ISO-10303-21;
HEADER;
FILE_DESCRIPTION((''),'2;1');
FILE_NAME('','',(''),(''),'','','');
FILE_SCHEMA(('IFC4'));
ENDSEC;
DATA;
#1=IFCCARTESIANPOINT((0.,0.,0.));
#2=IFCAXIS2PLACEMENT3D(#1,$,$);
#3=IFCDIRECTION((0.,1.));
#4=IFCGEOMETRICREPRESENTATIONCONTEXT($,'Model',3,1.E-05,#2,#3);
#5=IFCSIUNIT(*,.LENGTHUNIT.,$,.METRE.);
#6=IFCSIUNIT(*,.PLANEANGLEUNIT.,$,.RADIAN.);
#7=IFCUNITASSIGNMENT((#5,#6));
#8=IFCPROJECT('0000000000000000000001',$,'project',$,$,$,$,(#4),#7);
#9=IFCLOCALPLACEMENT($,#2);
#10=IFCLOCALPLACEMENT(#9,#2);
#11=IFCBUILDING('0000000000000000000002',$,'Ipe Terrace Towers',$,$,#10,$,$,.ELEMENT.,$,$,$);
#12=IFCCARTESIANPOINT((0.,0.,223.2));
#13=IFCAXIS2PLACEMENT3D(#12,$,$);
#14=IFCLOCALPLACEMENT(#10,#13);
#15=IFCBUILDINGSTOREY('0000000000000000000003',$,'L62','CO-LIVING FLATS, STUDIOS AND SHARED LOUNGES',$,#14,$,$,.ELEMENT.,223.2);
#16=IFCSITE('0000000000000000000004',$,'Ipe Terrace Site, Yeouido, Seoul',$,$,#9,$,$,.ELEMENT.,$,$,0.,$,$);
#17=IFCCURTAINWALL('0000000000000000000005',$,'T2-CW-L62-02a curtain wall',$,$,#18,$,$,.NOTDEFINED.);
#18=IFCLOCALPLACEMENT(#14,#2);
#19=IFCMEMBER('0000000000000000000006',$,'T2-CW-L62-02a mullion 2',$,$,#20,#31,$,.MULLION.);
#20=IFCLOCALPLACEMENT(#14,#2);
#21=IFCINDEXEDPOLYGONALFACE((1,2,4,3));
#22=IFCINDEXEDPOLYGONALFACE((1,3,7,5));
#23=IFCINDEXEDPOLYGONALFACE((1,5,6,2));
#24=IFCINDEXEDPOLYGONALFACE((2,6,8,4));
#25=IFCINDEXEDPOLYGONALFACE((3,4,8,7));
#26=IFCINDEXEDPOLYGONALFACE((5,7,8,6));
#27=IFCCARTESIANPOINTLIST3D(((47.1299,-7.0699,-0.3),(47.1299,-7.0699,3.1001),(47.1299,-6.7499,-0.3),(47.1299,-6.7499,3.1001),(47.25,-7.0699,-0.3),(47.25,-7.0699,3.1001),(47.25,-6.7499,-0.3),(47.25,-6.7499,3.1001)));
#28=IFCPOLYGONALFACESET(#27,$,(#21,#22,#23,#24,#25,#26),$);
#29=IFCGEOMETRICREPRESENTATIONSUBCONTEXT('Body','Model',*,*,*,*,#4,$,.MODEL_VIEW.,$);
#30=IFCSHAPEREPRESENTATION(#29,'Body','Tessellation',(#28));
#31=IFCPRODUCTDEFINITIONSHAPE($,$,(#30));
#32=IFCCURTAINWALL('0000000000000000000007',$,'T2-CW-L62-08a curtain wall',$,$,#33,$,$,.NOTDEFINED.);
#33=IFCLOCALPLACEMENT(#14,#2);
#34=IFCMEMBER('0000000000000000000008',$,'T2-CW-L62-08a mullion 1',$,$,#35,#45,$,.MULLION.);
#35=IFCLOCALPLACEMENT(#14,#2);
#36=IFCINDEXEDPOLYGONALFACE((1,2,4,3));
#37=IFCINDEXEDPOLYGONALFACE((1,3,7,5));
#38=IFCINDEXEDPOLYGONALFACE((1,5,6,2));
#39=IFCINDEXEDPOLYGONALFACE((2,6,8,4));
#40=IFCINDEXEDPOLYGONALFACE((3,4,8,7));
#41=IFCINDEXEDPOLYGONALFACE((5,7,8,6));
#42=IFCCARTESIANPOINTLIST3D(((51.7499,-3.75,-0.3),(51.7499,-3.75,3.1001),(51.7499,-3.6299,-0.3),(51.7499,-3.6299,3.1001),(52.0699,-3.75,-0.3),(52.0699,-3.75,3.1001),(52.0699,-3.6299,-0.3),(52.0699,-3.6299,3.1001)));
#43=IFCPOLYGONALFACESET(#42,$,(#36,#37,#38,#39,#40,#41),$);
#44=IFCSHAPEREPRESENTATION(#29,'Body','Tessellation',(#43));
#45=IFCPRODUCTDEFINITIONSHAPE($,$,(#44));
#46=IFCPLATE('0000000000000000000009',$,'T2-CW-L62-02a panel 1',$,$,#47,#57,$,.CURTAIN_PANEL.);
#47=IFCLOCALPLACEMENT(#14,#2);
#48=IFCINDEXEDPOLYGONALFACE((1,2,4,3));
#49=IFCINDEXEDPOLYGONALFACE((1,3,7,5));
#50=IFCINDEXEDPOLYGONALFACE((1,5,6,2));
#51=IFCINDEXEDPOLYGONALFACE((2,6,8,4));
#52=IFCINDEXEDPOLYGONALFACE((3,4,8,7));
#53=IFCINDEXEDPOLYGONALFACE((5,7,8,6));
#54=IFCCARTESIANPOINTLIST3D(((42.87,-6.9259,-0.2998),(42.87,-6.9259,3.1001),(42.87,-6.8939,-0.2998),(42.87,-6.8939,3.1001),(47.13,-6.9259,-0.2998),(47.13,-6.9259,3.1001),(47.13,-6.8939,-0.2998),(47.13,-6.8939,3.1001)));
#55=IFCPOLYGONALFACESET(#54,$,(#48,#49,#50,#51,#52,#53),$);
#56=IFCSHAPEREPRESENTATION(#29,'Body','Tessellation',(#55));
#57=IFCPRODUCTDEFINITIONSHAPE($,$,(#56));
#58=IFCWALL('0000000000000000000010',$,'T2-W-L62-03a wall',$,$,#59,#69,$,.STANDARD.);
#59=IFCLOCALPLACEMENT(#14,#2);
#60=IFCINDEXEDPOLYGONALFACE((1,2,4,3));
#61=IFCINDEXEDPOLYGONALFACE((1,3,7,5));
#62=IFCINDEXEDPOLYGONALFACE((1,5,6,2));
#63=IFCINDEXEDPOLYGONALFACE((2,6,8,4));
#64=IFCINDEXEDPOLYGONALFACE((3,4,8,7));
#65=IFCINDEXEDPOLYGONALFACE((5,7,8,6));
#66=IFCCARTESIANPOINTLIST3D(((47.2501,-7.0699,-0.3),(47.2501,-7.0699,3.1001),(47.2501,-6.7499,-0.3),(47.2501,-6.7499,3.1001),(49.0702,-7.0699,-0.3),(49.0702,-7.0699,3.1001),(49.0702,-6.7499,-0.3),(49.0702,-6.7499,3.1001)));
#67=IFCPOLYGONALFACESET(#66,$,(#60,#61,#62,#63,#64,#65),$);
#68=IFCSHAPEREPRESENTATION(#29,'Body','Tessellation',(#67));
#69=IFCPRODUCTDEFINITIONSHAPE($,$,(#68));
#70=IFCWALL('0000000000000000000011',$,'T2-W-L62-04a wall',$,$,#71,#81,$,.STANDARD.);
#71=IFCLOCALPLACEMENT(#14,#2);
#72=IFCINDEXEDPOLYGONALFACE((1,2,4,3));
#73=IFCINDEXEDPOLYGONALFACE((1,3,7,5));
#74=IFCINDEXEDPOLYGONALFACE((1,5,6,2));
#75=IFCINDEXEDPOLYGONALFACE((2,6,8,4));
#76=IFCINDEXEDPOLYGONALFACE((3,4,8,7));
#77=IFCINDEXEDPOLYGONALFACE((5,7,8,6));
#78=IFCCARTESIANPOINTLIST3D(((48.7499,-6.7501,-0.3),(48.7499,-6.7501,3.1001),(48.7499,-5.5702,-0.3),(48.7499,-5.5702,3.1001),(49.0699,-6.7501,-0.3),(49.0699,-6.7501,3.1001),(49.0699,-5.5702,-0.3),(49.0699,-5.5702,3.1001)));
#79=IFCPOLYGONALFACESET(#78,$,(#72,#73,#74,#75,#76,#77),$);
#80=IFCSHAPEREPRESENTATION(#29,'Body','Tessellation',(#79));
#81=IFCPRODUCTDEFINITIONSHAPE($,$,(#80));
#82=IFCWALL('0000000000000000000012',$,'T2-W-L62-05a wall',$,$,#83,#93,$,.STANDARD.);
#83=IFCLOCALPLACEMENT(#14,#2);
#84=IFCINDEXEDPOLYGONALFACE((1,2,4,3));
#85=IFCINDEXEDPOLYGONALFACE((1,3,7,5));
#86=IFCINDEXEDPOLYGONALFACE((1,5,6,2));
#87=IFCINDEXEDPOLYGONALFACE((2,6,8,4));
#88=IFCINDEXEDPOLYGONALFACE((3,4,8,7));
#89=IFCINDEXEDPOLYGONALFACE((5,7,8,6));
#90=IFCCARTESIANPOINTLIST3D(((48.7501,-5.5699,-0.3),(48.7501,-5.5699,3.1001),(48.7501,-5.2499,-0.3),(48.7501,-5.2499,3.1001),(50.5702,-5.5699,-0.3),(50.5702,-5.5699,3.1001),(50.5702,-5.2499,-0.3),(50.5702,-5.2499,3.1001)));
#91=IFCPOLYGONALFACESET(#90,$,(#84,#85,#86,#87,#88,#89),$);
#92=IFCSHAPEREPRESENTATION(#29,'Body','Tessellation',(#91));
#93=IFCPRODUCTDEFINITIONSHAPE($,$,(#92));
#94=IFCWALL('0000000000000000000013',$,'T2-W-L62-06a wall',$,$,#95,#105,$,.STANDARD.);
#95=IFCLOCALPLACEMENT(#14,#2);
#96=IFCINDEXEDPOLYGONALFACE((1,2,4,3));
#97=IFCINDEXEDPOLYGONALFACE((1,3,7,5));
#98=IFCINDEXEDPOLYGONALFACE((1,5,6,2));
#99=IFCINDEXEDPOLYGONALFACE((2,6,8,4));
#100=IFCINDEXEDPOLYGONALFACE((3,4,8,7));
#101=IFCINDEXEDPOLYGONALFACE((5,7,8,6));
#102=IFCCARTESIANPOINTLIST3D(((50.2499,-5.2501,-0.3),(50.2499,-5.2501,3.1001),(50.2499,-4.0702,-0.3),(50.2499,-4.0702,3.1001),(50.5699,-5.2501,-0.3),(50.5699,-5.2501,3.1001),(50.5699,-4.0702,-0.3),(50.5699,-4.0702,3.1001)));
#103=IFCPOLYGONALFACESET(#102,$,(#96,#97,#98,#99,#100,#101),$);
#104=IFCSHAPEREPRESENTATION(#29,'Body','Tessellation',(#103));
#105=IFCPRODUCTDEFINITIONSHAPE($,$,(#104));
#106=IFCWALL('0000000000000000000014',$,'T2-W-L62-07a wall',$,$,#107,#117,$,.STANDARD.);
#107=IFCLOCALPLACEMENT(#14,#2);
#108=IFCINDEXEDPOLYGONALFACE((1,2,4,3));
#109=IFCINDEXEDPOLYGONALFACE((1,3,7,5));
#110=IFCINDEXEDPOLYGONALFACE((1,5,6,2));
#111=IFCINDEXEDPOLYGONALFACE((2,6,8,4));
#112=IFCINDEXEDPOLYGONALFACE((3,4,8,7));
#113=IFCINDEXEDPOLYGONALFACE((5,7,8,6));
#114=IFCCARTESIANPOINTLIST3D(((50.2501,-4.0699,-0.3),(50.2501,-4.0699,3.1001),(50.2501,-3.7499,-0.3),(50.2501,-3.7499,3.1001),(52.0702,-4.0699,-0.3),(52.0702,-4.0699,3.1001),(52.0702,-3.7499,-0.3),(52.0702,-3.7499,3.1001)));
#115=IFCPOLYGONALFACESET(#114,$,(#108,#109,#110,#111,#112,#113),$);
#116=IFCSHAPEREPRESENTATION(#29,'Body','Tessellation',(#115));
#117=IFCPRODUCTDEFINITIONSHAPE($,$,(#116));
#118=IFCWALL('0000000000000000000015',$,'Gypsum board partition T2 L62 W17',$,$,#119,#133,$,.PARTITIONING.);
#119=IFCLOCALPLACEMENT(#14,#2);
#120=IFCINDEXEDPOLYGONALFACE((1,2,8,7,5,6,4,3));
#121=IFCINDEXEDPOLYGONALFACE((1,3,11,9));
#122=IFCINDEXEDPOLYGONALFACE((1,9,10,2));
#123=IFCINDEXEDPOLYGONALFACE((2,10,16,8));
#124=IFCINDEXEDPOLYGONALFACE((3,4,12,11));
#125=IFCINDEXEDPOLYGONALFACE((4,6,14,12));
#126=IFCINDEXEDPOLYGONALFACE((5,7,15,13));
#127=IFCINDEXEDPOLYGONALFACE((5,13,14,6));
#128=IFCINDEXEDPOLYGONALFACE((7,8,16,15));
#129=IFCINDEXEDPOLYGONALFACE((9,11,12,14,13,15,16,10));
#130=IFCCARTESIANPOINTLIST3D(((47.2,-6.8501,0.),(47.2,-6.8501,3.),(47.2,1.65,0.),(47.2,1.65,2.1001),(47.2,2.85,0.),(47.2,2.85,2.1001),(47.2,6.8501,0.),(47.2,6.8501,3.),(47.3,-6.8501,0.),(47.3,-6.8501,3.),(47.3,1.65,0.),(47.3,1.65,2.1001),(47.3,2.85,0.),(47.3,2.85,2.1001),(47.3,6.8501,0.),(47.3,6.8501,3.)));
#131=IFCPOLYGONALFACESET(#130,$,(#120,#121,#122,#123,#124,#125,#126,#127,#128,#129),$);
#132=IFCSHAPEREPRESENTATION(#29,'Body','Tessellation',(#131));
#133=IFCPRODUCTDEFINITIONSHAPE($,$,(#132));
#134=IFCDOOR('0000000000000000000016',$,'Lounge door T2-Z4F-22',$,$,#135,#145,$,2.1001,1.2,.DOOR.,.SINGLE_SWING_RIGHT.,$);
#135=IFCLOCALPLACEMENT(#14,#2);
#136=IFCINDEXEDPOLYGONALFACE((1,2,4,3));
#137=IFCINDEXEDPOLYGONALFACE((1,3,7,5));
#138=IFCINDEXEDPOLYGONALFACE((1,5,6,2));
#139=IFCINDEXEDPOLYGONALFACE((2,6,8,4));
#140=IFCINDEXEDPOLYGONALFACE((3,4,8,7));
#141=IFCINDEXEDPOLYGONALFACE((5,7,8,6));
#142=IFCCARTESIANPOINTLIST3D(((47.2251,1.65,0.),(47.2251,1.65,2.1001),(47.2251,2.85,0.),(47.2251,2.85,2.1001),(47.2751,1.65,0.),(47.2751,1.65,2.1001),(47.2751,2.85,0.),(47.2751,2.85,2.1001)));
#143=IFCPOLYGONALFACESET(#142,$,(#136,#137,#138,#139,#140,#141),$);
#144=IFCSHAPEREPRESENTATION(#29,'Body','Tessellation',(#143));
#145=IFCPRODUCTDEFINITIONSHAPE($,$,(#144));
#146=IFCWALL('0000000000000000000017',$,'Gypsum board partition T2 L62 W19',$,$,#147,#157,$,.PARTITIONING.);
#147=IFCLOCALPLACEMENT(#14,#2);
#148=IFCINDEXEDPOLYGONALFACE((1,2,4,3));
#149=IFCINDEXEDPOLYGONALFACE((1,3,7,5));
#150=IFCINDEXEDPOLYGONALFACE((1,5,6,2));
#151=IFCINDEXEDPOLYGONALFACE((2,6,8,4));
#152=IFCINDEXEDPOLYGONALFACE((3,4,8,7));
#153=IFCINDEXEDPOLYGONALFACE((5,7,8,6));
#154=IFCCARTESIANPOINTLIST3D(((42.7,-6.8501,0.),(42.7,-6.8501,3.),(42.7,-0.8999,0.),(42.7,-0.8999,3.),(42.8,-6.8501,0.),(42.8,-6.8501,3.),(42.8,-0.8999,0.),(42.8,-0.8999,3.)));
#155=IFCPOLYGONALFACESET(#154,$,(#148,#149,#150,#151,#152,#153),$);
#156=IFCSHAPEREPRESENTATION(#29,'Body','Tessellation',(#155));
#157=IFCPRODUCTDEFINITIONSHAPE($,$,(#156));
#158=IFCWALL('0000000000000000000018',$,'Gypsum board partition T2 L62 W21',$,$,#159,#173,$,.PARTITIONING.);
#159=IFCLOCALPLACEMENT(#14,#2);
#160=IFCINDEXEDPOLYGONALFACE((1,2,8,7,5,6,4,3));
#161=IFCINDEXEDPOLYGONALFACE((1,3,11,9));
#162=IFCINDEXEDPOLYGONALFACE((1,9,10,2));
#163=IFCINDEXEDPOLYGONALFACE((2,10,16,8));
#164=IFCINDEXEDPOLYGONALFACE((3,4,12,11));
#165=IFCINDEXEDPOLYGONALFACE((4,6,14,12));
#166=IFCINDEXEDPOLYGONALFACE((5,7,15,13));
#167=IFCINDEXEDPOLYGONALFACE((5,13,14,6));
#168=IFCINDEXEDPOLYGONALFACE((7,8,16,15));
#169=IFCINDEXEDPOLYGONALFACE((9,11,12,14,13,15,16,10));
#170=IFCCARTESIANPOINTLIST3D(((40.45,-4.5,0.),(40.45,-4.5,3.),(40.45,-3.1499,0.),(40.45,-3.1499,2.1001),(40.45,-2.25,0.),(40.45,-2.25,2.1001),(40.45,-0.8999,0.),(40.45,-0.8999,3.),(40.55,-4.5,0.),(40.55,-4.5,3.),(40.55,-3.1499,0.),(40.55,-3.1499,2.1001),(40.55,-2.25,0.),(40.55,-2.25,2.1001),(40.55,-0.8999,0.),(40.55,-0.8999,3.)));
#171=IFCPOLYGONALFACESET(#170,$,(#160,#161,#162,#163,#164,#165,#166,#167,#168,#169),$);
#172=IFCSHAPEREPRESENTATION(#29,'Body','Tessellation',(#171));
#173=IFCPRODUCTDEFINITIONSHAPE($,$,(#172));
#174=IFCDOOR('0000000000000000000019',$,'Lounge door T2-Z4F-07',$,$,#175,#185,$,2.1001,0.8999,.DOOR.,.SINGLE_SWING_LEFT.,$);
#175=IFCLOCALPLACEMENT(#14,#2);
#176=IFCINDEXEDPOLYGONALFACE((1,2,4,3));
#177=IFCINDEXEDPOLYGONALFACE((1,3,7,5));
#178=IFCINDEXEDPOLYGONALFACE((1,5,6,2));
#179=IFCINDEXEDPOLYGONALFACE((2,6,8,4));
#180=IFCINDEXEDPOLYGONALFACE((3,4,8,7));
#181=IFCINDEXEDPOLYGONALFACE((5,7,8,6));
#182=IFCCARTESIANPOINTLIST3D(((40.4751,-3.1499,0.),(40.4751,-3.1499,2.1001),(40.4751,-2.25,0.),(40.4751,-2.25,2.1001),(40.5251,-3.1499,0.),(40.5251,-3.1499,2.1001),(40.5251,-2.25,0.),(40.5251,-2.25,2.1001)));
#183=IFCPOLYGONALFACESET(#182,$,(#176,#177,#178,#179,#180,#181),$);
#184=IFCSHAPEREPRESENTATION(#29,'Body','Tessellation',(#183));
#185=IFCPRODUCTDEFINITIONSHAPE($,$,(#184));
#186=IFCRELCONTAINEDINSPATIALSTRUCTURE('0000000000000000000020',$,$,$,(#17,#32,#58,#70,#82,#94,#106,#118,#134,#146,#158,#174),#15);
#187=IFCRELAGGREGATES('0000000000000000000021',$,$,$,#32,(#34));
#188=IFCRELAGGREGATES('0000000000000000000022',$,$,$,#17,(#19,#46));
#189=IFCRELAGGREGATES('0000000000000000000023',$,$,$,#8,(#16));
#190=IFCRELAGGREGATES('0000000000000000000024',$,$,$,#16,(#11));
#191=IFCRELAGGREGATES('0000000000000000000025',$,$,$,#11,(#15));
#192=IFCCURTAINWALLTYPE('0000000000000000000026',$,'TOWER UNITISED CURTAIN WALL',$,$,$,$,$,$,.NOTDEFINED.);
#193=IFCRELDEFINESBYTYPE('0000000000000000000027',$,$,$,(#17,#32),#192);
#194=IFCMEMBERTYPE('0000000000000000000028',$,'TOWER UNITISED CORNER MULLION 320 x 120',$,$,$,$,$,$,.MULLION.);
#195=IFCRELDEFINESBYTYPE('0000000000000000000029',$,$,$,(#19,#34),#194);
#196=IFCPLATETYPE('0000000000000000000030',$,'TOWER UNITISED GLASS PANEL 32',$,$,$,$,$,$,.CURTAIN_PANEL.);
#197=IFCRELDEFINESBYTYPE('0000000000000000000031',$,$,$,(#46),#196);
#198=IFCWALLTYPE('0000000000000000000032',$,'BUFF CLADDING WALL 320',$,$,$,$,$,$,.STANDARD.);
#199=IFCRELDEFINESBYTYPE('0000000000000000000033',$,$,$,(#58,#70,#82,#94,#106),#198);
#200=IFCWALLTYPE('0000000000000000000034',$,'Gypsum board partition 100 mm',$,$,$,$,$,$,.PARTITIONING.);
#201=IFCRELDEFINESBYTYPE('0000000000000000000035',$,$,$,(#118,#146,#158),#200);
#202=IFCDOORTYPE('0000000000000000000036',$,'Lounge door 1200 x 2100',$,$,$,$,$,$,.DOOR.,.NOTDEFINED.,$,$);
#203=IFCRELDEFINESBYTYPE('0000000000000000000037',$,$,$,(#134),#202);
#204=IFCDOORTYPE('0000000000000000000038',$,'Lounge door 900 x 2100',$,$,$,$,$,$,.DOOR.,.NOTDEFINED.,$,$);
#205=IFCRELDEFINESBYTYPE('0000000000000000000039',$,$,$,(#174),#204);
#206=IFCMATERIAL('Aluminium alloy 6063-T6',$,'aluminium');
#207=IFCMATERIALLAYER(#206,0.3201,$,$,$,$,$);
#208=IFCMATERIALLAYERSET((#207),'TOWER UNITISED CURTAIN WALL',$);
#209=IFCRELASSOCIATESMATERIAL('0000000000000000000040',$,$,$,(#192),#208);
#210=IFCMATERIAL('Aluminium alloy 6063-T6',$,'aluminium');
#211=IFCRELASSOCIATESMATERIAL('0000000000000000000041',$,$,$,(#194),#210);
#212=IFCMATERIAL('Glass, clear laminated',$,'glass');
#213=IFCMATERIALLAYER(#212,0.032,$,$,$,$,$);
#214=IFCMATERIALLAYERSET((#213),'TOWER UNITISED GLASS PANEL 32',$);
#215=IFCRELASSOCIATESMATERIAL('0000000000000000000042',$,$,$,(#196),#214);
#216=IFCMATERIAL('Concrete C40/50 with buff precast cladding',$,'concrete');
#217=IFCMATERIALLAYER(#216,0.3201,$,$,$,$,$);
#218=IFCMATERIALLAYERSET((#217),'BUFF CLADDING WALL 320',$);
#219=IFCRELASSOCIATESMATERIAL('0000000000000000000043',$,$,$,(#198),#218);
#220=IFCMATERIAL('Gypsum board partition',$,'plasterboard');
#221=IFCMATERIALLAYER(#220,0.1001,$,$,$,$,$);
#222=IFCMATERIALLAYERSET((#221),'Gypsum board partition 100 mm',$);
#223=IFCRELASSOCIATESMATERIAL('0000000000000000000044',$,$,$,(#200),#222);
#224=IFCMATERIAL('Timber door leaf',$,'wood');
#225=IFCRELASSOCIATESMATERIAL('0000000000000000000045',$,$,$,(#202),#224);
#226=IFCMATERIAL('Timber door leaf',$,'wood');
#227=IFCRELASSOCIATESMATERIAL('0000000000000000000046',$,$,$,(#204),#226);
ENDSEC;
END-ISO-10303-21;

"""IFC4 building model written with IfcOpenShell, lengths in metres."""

from ifc_helpers import new_model, si_unit, direction, frame, frame_2d, origin, origin_2d, place, context, subcontext, project, spatial, rectangle, extrude, material, layer, layer_set, material_profile, profile_set, type_object, element, fill, aggregate, save


model = new_model("IFC4")

# Units and contexts
model_context = context("Model", 3, precision=1e-05, world=origin(), true_north=direction((0.0, 1.0)))
body_context = subcontext(model_context, "Body", "Model", "MODEL_VIEW")
ifc_project = project(units=[si_unit("LENGTHUNIT", "METRE"), si_unit("PLANEANGLEUNIT", "RADIAN")], contexts=[model_context])

# Site, building, storey
site_placement = place(None, origin())
site = spatial("IfcSite", under=ifc_project, at=site_placement, Name="Ipe Terrace Site, Yeouido, Seoul", CompositionType="ELEMENT", RefElevation=0.0)
building_placement = place(site_placement, origin())
building = spatial("IfcBuilding", under=site, at=building_placement, Name="Ipe Terrace Towers", CompositionType="ELEMENT")
storey_placement = place(building_placement, frame((0.0, 0.0, 223.2)))
storey = spatial("IfcBuildingStorey", under=building, at=storey_placement, Name="L62", Description="CO-LIVING FLATS, STUDIOS AND SHARED LOUNGES", CompositionType="ELEMENT", Elevation=223.2)

# Curtain wall, member
ifc_material_1 = material(Name="Aluminium alloy 6063-T6", Category="aluminium")
ifc_layer_1 = layer(ifc_material_1, 0.3201)
ifc_layer_set_1 = layer_set([ifc_layer_1], Name="TOWER UNITISED CURTAIN WALL")
curtain_wall_type = type_object("IfcCurtainWallType", Name="TOWER UNITISED CURTAIN WALL", PredefinedType="NOTDEFINED", material=ifc_layer_set_1)
curtain_wall_1_placement = place(storey_placement, origin())
curtain_wall_1 = element("IfcCurtainWall", 1, at=curtain_wall_1_placement, inside=storey, type_object=curtain_wall_type, Name="T2-CW-L62-02a curtain wall", PredefinedType="NOTDEFINED")
ifc_material_2 = material(Name="Aluminium alloy 6063-T6", Category="aluminium")
ifc_material_profile_1 = material_profile(ifc_material_2, rectangle(XDim=0.3201, YDim=0.1201, at=origin_2d()), Name="TOWER UNITISED CORNER MULLION 320 x 120")
ifc_profile_set_1 = profile_set([ifc_material_profile_1], Name="Aluminium alloy 6063-T6")
member_type = type_object("IfcMemberType", Name="TOWER UNITISED CORNER MULLION 320 x 120", PredefinedType="MULLION", material=ifc_profile_set_1)
member_1_placement = place(storey_placement, frame((47.1899, -6.9099, -0.3), z_axis=(0.0, 0.0, 1.0), x_axis=(0.0, -1.0, 0.0)))
member_1 = element("IfcMember", 2, at=member_1_placement, type_object=member_type, Name="T2-CW-L62-02a mullion 2", PredefinedType="MULLION", context=body_context, shape_type="SweptSolid", body=[
    extrude(rectangle(XDim=0.3201, YDim=0.1201, at=origin_2d()), origin(), (0.0, 0.0, 1.0), 3.4001),
])

# Curtain wall, member
curtain_wall_2_placement = place(storey_placement, origin())
curtain_wall_2 = element("IfcCurtainWall", 3, at=curtain_wall_2_placement, inside=storey, type_object=curtain_wall_type, Name="T2-CW-L62-08a curtain wall", PredefinedType="NOTDEFINED")
member_2_placement = place(storey_placement, frame((51.9099, -3.6899, -0.3), z_axis=(0.0, 0.0, 1.0), x_axis=(1.0, 0.0, 0.0)))
member_2 = element("IfcMember", 4, at=member_2_placement, type_object=member_type, Name="T2-CW-L62-08a mullion 1", PredefinedType="MULLION", context=body_context, shape_type="SweptSolid", body=[
    extrude(rectangle(XDim=0.3201, YDim=0.1201, at=origin_2d()), origin(), (0.0, 0.0, 1.0), 3.4001),
])
aggregate(curtain_wall_2, [member_2])

# Plate
ifc_material_3 = material(Name="Glass, clear laminated", Category="glass")
ifc_layer_2 = layer(ifc_material_3, 0.032)
ifc_layer_set_2 = layer_set([ifc_layer_2], Name="TOWER UNITISED GLASS PANEL 32")
plate_type = type_object("IfcPlateType", Name="TOWER UNITISED GLASS PANEL 32", PredefinedType="CURTAIN_PANEL", material=ifc_layer_set_2)
plate_placement = place(storey_placement, frame((45.0, -6.9099, -0.2998), z_axis=(0.0, 0.0, 1.0), x_axis=(1.0, 0.0, 0.0)))
plate = element("IfcPlate", 5, at=plate_placement, type_object=plate_type, Name="T2-CW-L62-02a panel 1", PredefinedType="CURTAIN_PANEL", context=body_context, shape_type="SweptSolid", body=[
    extrude(rectangle(XDim=4.26, YDim=0.032, at=origin_2d()), origin(), (0.0, 0.0, 1.0), 3.3999),
])
aggregate(curtain_wall_1, [member_1, plate])

# Walls
ifc_material_4 = material(Name="Concrete C40/50 with buff precast cladding", Category="concrete")
ifc_layer_3 = layer(ifc_material_4, 0.3201)
ifc_layer_set_3 = layer_set([ifc_layer_3], Name="BUFF CLADDING WALL 320")
wall_type_1 = type_object("IfcWallType", Name="BUFF CLADDING WALL 320", PredefinedType="STANDARD", material=ifc_layer_set_3)
wall_1_placement = place(storey_placement, frame((47.25, -6.9099, -0.3), z_axis=(0.0, 0.0, 1.0), x_axis=(1.0, 0.0, 0.0)))
element("IfcWall", 6, at=wall_1_placement, inside=storey, type_object=wall_type_1, Name="T2-W-L62-03a wall", PredefinedType="STANDARD", context=body_context, shape_type="SweptSolid", body=[
    extrude(rectangle(XDim=1.8201, YDim=0.3201, at=frame_2d((0.9102, 0.0))), origin(), (0.0, 0.0, 1.0), 3.4001),
])
wall_2_placement = place(storey_placement, frame((48.9099, -6.75, -0.3), z_axis=(0.0, 0.0, 1.0), x_axis=(0.0, 1.0, 0.0)))
element("IfcWall", 7, at=wall_2_placement, inside=storey, type_object=wall_type_1, Name="T2-W-L62-04a wall", PredefinedType="STANDARD", context=body_context, shape_type="SweptSolid", body=[
    extrude(rectangle(XDim=1.1799, YDim=0.3201, at=frame_2d((0.5898, 0.0))), origin(), (0.0, 0.0, 1.0), 3.4001),
])
wall_3_placement = place(storey_placement, frame((48.75, -5.4099, -0.3), z_axis=(0.0, 0.0, 1.0), x_axis=(1.0, 0.0, 0.0)))
element("IfcWall", 8, at=wall_3_placement, inside=storey, type_object=wall_type_1, Name="T2-W-L62-05a wall", PredefinedType="STANDARD", context=body_context, shape_type="SweptSolid", body=[
    extrude(rectangle(XDim=1.8201, YDim=0.3201, at=frame_2d((0.9102, 0.0))), origin(), (0.0, 0.0, 1.0), 3.4001),
])
wall_4_placement = place(storey_placement, frame((50.4099, -5.25, -0.3), z_axis=(0.0, 0.0, 1.0), x_axis=(0.0, 1.0, 0.0)))
element("IfcWall", 9, at=wall_4_placement, inside=storey, type_object=wall_type_1, Name="T2-W-L62-06a wall", PredefinedType="STANDARD", context=body_context, shape_type="SweptSolid", body=[
    extrude(rectangle(XDim=1.1799, YDim=0.3201, at=frame_2d((0.5898, 0.0))), origin(), (0.0, 0.0, 1.0), 3.4001),
])
wall_5_placement = place(storey_placement, frame((50.25, -3.9099, -0.3), z_axis=(0.0, 0.0, 1.0), x_axis=(1.0, 0.0, 0.0)))
element("IfcWall", 10, at=wall_5_placement, inside=storey, type_object=wall_type_1, Name="T2-W-L62-07a wall", PredefinedType="STANDARD", context=body_context, shape_type="SweptSolid", body=[
    extrude(rectangle(XDim=1.8201, YDim=0.3201, at=frame_2d((0.9102, 0.0))), origin(), (0.0, 0.0, 1.0), 3.4001),
])

# Wall, opening, door
ifc_material_5 = material(Name="Gypsum board partition", Category="plasterboard")
ifc_layer_4 = layer(ifc_material_5, 0.1001)
ifc_layer_set_4 = layer_set([ifc_layer_4], Name="Gypsum board partition 100 mm")
wall_type_2 = type_object("IfcWallType", Name="Gypsum board partition 100 mm", PredefinedType="PARTITIONING", material=ifc_layer_set_4)
wall_6_placement = place(storey_placement, frame((47.25, -6.8501, 0.0), z_axis=(0.0, 0.0, 1.0), x_axis=(0.0, 1.0, 0.0)))
wall_6 = element("IfcWall", 11, at=wall_6_placement, inside=storey, type_object=wall_type_2, Name="Gypsum board partition T2 L62 W17", PredefinedType="PARTITIONING", context=body_context, shape_type="SweptSolid", body=[
    extrude(rectangle(XDim=13.7002, YDim=0.1001, at=frame_2d((6.8501, 0.0))), origin(), (0.0, 0.0, 1.0), 3.0),
])
opening_1_placement = place(wall_6_placement, frame((8.5, 0.0, 0.0)))
opening_1 = element("IfcOpeningElement", 12, at=opening_1_placement, cuts=wall_6, PredefinedType="OPENING", context=body_context, shape_type="SweptSolid", body=[
    extrude(rectangle(XDim=1.2, YDim=2.1001, at=frame_2d((0.6001, 1.05))), frame((0.0, 0.0601, 0.0), z_axis=(0.0, -1.0, 0.0), x_axis=(1.0, 0.0, 0.0)), (0.0, 0.0, 1.0), 0.1201),
])
ifc_material_6 = material(Name="Timber door leaf", Category="wood")
door_type_1 = type_object("IfcDoorType", Name="Lounge door 1200 x 2100", OperationType="NOTDEFINED", PredefinedType="DOOR", material=ifc_material_6)
door_1_placement = place(opening_1_placement, origin())
door_1 = element("IfcDoor", 13, at=door_1_placement, inside=storey, type_object=door_type_1, Name="Lounge door T2-Z4F-22", OperationType="SINGLE_SWING_RIGHT", OverallHeight=2.1001, OverallWidth=1.2, PredefinedType="DOOR", context=body_context, shape_type="SweptSolid", body=[
    extrude(rectangle(XDim=1.2, YDim=2.1001, at=frame_2d((0.6001, 1.05))), frame((0.0, 0.0249, 0.0), z_axis=(0.0, -1.0, 0.0), x_axis=(1.0, 0.0, 0.0)), (0.0, 0.0, 1.0), 0.05),
])
fill(opening_1, door_1)

# Wall
wall_7_placement = place(storey_placement, frame((42.75, -6.8501, 0.0), z_axis=(0.0, 0.0, 1.0), x_axis=(0.0, 1.0, 0.0)))
element("IfcWall", 14, at=wall_7_placement, inside=storey, type_object=wall_type_2, Name="Gypsum board partition T2 L62 W19", PredefinedType="PARTITIONING", context=body_context, shape_type="SweptSolid", body=[
    extrude(rectangle(XDim=5.9502, YDim=0.1001, at=frame_2d((2.9751, 0.0))), origin(), (0.0, 0.0, 1.0), 3.0),
])

# Wall, opening, door
wall_8_placement = place(storey_placement, frame((40.5, -4.5, 0.0), z_axis=(0.0, 0.0, 1.0), x_axis=(0.0, 1.0, 0.0)))
wall_8 = element("IfcWall", 15, at=wall_8_placement, inside=storey, type_object=wall_type_2, Name="Gypsum board partition T2 L62 W21", PredefinedType="PARTITIONING", context=body_context, shape_type="SweptSolid", body=[
    extrude(rectangle(XDim=3.6001, YDim=0.1001, at=frame_2d((1.8, 0.0))), origin(), (0.0, 0.0, 1.0), 3.0),
])
opening_2_placement = place(wall_8_placement, frame((1.3501, 0.0, 0.0)))
opening_2 = element("IfcOpeningElement", 16, at=opening_2_placement, cuts=wall_8, PredefinedType="OPENING", context=body_context, shape_type="SweptSolid", body=[
    extrude(rectangle(XDim=0.8999, YDim=2.1001, at=frame_2d((0.45, 1.05))), frame((0.0, 0.0601, 0.0), z_axis=(0.0, -1.0, 0.0), x_axis=(1.0, 0.0, 0.0)), (0.0, 0.0, 1.0), 0.1201),
])
ifc_material_7 = material(Name="Timber door leaf", Category="wood")
door_type_2 = type_object("IfcDoorType", Name="Lounge door 900 x 2100", OperationType="NOTDEFINED", PredefinedType="DOOR", material=ifc_material_7)
door_2_placement = place(opening_2_placement, origin())
door_2 = element("IfcDoor", 17, at=door_2_placement, inside=storey, type_object=door_type_2, Name="Lounge door T2-Z4F-07", OperationType="SINGLE_SWING_LEFT", OverallHeight=2.1001, OverallWidth=0.8999, PredefinedType="DOOR", context=body_context, shape_type="SweptSolid", body=[
    extrude(rectangle(XDim=0.8999, YDim=2.1001, at=frame_2d((0.45, 1.05))), frame((0.0, 0.0249, 0.0), z_axis=(0.0, -1.0, 0.0), x_axis=(1.0, 0.0, 0.0)), (0.0, 0.0, 1.0), 0.05),
])
fill(opening_2, door_2)

save(model, "model.ifc")
